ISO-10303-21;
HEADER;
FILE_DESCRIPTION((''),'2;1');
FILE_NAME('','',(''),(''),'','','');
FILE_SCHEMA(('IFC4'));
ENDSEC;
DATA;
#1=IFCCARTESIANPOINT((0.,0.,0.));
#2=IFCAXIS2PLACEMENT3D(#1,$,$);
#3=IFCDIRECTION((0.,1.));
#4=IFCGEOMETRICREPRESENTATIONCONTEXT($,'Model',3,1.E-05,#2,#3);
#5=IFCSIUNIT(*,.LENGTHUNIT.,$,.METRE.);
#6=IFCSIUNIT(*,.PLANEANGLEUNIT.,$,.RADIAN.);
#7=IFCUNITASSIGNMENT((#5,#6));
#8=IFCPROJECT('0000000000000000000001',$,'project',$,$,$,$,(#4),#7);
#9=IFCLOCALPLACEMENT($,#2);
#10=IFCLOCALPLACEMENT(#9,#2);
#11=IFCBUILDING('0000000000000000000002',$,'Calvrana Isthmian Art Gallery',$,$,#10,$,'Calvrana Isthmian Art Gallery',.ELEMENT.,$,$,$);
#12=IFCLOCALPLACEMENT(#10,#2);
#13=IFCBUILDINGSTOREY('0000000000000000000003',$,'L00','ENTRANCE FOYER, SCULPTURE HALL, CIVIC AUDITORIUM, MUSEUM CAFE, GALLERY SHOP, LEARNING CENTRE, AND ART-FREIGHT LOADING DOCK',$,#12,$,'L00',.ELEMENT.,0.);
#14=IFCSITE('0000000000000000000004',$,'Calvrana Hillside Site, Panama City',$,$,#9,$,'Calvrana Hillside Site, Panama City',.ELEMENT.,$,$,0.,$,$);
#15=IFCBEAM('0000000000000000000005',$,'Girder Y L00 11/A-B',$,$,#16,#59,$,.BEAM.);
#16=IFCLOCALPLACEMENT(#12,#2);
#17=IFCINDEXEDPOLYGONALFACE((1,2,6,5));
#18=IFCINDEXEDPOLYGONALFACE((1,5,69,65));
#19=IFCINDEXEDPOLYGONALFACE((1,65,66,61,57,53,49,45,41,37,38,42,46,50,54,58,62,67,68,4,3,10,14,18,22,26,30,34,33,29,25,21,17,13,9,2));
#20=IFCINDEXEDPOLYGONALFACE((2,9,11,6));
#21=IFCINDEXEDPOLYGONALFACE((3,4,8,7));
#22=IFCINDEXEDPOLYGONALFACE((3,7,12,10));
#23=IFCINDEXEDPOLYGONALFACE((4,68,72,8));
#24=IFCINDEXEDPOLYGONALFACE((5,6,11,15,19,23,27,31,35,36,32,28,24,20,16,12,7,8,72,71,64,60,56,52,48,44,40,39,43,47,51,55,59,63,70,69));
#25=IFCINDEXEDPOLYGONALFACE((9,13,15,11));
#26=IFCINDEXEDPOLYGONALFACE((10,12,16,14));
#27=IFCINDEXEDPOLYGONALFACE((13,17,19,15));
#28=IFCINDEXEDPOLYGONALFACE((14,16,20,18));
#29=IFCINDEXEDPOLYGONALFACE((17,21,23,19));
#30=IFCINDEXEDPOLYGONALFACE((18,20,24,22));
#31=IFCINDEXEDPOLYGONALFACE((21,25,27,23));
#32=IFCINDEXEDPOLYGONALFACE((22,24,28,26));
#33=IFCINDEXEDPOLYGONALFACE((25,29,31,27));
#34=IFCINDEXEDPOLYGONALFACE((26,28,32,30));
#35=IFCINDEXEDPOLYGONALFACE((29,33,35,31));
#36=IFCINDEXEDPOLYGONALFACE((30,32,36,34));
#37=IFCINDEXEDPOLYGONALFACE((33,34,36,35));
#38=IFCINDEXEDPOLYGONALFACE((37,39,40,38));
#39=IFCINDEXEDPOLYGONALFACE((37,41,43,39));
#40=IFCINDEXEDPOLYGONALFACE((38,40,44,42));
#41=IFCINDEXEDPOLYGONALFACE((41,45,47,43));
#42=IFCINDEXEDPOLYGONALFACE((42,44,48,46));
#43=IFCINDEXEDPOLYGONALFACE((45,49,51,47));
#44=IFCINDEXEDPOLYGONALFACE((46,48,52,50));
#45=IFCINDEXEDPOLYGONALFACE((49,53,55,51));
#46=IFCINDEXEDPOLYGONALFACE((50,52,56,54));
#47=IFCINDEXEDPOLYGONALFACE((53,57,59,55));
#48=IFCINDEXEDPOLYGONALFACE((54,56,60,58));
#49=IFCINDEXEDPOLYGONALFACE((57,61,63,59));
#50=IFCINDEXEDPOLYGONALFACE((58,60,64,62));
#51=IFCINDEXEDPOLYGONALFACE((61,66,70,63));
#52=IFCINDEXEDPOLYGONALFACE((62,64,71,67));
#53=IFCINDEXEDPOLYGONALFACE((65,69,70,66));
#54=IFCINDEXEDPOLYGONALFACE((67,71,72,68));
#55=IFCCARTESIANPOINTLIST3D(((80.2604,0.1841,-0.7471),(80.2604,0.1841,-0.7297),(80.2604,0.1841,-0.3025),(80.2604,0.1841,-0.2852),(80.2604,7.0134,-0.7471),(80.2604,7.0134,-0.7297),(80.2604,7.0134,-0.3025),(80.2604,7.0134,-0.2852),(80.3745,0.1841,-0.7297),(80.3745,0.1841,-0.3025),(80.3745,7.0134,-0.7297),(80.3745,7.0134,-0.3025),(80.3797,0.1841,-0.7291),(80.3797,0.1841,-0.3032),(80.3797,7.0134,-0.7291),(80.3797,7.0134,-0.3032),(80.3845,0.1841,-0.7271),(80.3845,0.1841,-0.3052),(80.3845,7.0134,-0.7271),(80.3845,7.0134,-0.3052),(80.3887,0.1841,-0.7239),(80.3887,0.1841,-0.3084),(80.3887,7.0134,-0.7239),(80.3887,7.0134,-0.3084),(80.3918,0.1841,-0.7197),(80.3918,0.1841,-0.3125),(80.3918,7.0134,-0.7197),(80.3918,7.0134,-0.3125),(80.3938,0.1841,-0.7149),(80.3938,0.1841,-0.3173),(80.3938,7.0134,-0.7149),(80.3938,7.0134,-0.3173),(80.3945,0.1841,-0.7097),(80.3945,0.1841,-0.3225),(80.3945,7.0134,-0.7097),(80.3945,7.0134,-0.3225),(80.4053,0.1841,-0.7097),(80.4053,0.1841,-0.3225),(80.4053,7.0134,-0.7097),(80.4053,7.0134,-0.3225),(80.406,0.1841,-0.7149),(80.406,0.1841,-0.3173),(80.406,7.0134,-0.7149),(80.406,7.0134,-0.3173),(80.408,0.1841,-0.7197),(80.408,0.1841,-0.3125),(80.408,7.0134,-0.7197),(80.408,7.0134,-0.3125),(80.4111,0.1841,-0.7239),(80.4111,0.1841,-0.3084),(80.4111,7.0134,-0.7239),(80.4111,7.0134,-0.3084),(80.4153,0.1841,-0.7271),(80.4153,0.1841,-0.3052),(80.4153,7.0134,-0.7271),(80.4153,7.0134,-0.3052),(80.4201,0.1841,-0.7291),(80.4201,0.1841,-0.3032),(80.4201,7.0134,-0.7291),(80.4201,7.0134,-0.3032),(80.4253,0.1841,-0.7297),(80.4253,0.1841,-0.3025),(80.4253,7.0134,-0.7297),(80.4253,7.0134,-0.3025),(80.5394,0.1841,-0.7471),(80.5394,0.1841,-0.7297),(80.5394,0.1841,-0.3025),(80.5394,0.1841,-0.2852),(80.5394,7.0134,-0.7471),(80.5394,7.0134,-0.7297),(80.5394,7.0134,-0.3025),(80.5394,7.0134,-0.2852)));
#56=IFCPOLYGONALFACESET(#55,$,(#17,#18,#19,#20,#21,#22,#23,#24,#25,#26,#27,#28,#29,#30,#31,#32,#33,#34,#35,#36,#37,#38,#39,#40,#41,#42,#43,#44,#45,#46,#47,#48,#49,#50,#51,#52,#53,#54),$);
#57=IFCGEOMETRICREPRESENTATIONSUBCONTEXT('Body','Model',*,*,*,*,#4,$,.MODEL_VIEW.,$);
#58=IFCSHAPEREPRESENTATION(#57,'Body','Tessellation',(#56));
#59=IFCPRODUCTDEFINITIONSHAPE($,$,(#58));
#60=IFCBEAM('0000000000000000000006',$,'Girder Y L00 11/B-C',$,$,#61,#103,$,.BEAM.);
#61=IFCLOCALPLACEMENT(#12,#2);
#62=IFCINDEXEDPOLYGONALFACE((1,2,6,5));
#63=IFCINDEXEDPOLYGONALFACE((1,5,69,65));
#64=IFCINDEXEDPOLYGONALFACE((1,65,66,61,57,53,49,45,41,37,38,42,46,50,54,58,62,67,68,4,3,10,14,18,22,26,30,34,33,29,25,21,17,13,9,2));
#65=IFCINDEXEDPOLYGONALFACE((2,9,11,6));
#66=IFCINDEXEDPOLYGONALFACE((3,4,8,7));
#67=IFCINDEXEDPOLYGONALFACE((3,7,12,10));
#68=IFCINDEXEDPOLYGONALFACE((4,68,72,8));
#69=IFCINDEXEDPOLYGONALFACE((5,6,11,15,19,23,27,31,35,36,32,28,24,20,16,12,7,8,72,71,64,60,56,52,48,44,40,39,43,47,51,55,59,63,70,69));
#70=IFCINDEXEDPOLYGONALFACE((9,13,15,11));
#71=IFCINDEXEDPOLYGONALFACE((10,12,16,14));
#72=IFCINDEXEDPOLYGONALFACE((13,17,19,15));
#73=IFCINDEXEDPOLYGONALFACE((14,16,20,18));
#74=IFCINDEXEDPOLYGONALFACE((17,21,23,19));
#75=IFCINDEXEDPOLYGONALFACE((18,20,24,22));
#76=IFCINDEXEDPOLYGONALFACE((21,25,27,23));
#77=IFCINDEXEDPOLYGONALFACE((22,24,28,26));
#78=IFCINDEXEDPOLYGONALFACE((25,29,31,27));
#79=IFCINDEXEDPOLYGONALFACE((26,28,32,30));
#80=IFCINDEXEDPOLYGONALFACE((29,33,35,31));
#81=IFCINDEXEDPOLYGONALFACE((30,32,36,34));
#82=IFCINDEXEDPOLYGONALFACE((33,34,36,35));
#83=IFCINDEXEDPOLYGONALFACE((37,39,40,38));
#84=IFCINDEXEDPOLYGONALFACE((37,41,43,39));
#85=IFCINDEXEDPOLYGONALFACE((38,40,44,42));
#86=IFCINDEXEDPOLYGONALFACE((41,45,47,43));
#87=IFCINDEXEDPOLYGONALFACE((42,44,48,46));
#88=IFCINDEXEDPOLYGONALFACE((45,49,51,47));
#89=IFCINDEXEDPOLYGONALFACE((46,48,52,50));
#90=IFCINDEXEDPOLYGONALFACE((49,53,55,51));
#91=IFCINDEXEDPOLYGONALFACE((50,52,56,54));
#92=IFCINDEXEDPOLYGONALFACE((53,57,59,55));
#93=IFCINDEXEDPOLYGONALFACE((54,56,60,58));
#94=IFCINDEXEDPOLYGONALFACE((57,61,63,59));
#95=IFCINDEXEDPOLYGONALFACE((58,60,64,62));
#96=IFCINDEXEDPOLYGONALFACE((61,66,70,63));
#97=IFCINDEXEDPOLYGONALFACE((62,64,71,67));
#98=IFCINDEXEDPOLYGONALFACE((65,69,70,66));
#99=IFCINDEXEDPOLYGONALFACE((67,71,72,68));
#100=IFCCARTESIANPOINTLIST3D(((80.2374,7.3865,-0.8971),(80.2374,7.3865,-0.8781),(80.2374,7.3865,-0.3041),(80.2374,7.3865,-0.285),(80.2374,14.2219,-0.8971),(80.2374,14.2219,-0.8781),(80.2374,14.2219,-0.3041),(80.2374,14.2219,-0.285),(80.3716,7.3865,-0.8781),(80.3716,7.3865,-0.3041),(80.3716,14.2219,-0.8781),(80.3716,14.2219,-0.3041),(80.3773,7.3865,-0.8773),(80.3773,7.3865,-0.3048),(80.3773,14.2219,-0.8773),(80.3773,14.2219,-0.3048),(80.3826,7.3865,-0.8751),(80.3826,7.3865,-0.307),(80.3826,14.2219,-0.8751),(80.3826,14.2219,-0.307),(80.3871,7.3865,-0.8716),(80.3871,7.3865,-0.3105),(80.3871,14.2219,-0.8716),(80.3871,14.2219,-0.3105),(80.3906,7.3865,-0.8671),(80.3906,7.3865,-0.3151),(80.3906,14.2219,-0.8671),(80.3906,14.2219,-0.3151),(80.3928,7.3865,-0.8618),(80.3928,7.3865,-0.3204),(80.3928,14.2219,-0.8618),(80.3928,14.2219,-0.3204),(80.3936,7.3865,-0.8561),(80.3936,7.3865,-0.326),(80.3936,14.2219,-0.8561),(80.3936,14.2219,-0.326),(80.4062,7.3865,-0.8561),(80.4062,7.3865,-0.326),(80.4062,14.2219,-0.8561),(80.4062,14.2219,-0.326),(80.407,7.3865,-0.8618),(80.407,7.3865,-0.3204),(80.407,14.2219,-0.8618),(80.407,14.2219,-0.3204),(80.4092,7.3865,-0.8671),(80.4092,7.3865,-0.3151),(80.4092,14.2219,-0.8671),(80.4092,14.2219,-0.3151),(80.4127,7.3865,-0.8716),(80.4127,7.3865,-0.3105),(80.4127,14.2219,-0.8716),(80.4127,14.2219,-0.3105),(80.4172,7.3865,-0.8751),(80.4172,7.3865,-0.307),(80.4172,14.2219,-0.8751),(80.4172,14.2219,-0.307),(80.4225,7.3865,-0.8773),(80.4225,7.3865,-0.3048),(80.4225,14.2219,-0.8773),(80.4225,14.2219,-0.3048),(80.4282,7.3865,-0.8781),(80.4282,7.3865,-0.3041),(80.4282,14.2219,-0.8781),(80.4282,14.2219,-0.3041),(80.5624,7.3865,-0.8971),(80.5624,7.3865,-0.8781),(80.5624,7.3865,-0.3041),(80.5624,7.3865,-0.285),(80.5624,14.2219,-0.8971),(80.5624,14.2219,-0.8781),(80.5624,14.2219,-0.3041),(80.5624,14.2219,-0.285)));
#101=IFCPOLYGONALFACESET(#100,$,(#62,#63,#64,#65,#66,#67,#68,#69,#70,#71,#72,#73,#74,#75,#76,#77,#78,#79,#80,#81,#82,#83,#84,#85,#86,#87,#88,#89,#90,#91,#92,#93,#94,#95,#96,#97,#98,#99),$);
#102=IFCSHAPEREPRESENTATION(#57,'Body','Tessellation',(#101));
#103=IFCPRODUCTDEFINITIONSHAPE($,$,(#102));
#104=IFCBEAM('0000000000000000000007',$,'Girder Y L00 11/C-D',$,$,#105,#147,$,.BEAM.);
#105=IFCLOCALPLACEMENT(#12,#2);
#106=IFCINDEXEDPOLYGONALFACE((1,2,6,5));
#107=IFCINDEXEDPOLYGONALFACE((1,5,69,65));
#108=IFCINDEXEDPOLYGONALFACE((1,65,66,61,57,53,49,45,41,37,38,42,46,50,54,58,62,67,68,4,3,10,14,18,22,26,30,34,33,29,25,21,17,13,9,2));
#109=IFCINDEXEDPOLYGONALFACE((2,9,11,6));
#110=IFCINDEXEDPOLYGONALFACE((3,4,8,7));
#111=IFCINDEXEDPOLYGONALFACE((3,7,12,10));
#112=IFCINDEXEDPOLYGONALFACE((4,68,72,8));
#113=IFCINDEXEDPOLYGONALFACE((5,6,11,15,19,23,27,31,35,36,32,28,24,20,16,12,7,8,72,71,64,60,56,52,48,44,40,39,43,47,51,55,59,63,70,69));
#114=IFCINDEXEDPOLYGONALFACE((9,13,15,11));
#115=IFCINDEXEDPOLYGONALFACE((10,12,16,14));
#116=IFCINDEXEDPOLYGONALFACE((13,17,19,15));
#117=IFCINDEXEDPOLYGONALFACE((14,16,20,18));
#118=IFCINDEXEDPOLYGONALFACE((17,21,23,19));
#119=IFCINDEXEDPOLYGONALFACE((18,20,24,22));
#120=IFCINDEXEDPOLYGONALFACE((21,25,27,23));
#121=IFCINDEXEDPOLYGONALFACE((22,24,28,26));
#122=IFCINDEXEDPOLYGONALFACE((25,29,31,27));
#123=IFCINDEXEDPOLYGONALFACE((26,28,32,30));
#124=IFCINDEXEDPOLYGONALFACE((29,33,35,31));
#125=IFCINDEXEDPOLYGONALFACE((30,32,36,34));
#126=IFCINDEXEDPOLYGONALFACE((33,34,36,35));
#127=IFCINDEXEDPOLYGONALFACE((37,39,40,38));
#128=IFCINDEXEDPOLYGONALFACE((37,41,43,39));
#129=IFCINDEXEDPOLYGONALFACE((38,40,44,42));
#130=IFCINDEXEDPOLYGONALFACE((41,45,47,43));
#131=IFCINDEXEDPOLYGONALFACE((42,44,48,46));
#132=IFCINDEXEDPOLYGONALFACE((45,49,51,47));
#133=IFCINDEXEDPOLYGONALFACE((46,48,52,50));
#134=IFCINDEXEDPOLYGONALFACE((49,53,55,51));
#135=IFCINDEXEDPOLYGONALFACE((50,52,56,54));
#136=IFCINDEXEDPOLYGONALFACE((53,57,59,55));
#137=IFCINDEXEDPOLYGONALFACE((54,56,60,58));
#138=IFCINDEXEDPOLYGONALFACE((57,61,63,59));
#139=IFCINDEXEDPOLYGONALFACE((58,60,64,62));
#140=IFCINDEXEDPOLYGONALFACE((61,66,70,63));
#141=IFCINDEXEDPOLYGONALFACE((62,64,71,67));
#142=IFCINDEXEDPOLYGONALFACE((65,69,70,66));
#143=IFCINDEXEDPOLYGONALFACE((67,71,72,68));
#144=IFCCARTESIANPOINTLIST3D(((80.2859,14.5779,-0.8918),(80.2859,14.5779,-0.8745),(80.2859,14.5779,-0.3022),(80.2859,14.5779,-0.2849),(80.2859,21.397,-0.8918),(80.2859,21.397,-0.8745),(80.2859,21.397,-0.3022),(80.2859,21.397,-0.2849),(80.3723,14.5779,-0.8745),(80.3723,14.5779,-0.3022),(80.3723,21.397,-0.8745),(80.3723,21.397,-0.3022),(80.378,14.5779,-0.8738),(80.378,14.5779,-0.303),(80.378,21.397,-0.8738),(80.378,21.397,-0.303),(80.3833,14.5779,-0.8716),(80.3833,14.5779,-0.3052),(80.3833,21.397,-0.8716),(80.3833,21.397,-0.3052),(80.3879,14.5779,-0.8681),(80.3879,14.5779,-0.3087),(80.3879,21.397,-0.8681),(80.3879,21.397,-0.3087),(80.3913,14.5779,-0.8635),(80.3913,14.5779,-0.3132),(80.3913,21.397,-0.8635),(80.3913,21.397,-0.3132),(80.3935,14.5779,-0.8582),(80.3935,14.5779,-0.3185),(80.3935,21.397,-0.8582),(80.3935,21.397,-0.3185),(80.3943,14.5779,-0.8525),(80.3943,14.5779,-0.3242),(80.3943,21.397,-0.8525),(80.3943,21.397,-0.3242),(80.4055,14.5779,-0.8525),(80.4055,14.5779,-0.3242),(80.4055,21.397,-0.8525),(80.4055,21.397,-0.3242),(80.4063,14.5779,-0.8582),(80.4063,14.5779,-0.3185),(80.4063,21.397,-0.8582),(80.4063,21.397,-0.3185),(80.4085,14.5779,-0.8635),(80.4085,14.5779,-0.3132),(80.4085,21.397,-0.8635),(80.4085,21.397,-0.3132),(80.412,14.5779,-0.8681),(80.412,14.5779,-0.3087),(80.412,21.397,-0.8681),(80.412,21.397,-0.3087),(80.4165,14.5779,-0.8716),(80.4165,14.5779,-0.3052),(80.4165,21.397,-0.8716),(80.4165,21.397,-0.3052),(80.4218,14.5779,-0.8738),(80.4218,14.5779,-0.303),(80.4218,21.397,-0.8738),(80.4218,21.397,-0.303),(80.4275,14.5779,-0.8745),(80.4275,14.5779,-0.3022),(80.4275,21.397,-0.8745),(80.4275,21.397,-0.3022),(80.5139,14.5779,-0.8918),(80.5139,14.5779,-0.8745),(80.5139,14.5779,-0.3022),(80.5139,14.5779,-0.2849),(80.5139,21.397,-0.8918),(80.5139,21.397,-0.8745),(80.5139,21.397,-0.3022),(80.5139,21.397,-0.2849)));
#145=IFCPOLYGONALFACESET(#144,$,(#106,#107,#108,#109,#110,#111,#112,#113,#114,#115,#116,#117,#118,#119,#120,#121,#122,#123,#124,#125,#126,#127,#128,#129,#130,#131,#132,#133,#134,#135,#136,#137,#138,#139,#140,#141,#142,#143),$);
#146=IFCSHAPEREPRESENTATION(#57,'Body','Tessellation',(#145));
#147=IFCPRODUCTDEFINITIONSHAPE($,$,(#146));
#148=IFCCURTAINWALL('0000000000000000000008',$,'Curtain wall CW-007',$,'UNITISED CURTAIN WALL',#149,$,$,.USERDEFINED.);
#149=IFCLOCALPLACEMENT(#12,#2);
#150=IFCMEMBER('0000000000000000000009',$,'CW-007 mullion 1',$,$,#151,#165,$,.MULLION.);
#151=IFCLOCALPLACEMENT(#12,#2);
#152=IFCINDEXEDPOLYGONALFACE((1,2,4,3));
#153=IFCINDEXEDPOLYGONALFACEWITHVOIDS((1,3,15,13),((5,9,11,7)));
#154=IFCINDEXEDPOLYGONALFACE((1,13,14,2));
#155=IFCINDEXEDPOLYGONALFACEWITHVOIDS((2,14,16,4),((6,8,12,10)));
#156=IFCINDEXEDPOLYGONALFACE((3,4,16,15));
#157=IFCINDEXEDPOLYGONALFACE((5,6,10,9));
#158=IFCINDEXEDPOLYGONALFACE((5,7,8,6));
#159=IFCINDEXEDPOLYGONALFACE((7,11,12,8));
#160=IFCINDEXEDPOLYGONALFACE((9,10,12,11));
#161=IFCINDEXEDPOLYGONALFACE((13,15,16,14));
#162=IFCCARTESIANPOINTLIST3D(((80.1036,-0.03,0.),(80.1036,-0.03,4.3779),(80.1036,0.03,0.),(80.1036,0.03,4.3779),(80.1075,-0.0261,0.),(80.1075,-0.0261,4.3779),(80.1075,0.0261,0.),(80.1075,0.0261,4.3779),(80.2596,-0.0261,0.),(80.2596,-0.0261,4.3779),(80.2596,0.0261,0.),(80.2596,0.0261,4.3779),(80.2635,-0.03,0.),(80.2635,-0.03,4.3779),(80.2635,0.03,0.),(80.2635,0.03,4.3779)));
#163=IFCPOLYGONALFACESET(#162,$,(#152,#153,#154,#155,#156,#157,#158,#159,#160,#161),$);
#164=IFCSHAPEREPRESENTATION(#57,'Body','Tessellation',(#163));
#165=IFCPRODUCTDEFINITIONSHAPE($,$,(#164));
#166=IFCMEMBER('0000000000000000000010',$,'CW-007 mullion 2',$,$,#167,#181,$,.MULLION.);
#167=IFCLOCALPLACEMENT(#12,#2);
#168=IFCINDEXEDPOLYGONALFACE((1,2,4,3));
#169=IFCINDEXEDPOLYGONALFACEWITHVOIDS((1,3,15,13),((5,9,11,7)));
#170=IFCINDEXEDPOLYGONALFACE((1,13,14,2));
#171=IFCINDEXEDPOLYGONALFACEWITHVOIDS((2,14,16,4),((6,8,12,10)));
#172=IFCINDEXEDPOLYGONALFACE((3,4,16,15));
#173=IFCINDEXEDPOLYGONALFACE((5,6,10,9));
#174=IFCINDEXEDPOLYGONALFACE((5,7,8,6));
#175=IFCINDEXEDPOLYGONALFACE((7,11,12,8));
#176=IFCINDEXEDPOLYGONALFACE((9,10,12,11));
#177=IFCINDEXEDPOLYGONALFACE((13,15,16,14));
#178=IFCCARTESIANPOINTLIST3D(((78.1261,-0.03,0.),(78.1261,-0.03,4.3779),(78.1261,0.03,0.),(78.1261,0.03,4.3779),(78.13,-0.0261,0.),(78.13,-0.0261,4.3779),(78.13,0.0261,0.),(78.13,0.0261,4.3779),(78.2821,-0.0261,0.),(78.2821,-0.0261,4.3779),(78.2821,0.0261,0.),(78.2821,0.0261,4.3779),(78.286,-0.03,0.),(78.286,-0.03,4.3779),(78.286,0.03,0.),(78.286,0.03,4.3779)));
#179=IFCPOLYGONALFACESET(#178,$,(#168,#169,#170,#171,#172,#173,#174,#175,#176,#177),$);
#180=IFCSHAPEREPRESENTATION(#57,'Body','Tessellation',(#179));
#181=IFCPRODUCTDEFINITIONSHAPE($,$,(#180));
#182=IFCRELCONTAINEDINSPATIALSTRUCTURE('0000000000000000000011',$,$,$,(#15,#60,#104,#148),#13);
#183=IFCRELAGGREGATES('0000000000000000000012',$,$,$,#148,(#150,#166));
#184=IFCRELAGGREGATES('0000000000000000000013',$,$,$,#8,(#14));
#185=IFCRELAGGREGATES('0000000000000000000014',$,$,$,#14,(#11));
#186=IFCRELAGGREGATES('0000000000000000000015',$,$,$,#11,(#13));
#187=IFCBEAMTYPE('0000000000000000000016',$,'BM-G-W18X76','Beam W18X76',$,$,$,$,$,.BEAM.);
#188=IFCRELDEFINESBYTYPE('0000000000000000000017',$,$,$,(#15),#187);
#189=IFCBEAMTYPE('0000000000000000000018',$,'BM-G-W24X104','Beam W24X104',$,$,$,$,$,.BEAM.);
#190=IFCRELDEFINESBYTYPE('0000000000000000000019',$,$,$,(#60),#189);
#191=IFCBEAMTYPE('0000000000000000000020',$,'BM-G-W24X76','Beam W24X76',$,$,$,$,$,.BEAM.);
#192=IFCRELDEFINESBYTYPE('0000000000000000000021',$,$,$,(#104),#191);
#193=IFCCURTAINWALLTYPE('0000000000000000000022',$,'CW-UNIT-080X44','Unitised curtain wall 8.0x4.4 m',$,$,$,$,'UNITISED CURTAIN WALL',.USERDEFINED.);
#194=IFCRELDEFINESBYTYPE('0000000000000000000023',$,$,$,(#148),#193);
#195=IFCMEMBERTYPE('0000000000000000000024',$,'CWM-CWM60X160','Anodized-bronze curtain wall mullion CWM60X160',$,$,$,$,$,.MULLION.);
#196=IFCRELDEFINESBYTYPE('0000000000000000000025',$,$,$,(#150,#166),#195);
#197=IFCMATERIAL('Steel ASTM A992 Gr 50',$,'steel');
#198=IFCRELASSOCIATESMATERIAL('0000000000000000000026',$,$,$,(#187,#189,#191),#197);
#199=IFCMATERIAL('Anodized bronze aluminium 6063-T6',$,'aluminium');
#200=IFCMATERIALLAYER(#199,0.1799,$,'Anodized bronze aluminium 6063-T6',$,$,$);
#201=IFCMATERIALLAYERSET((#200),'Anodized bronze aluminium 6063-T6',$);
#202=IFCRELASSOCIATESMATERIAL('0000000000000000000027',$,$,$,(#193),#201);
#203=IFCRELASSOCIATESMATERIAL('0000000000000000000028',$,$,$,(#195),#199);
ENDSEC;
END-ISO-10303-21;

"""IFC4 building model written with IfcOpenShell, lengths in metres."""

from ifc_helpers import new_model, si_unit, direction, frame, origin, origin_2d, place, context, subcontext, project, spatial, hollow_rectangle, i_section, extrude, material, layer, layer_set, material_profile, profile_set, type_object, element, aggregate, save


model = new_model("IFC4")

# Units and contexts
model_context = context("Model", 3, precision=1e-05, world=origin(), true_north=direction((0.0, 1.0)))
body_context = subcontext(model_context, "Body", "Model", "MODEL_VIEW")
ifc_project = project(units=[si_unit("LENGTHUNIT", "METRE"), si_unit("PLANEANGLEUNIT", "RADIAN")], contexts=[model_context])

# Site, building, storey
site_placement = place(None, origin())
site = spatial("IfcSite", under=ifc_project, at=site_placement, Name="Calvrana Hillside Site, Panama City", LongName="Calvrana Hillside Site, Panama City", CompositionType="ELEMENT", RefElevation=0.0)
building_placement = place(site_placement, origin())
building = spatial("IfcBuilding", under=site, at=building_placement, Name="Calvrana Isthmian Art Gallery", LongName="Calvrana Isthmian Art Gallery", CompositionType="ELEMENT")
storey_placement = place(building_placement, origin())
storey = spatial("IfcBuildingStorey", under=building, at=storey_placement, Name="L00", Description="ENTRANCE FOYER, SCULPTURE HALL, CIVIC AUDITORIUM, MUSEUM CAFE, GALLERY SHOP, LEARNING CENTRE, AND ART-FREIGHT LOADING DOCK", LongName="L00", CompositionType="ELEMENT", Elevation=0.0)

# Shared definitions
ifc_material_1 = material(Name="Steel ASTM A992 Gr 50", Category="steel")

# Beams
ifc_material_profile_1 = material_profile(ifc_material_1, i_section(OverallWidth=0.2791, OverallDepth=0.4619, WebThickness=0.0107, FlangeThickness=0.0173, FilletRadius=0.02, at=origin_2d()), Name="W18X76")
ifc_profile_set_1 = profile_set([ifc_material_profile_1], Name="Steel ASTM A992 Gr 50")
beam_type_1 = type_object("IfcBeamType", Name="BM-G-W18X76", Description="Beam W18X76", PredefinedType="BEAM", material=ifc_profile_set_1)
beam_1_placement = place(storey_placement, frame((80.3999, 0.1841, -0.5161), z_axis=(0.0, 1.0, 0.0), x_axis=(-1.0, 0.0, 0.0)))
element("IfcBeam", 1, at=beam_1_placement, inside=storey, type_object=beam_type_1, Name="Girder Y L00 11/A-B", PredefinedType="BEAM", context=body_context, shape_type="SweptSolid", body=[
    extrude(i_section(OverallWidth=0.2791, OverallDepth=0.4619, WebThickness=0.0107, FlangeThickness=0.0173, FilletRadius=0.02, at=origin_2d()), origin(), (0.0, 0.0, 1.0), 6.8293),
])
ifc_material_profile_2 = material_profile(ifc_material_1, i_section(OverallWidth=0.325, OverallDepth=0.6121, WebThickness=0.0127, FlangeThickness=0.019, FilletRadius=0.022, at=origin_2d()), Name="W24X104")
ifc_profile_set_2 = profile_set([ifc_material_profile_2], Name="Steel ASTM A992 Gr 50")
beam_type_2 = type_object("IfcBeamType", Name="BM-G-W24X104", Description="Beam W24X104", PredefinedType="BEAM", material=ifc_profile_set_2)
beam_2_placement = place(storey_placement, frame((80.3999, 7.3865, -0.5911), z_axis=(0.0, 1.0, 0.0), x_axis=(-1.0, 0.0, 0.0)))
element("IfcBeam", 2, at=beam_2_placement, inside=storey, type_object=beam_type_2, Name="Girder Y L00 11/B-C", PredefinedType="BEAM", context=body_context, shape_type="SweptSolid", body=[
    extrude(i_section(OverallWidth=0.325, OverallDepth=0.6121, WebThickness=0.0127, FlangeThickness=0.019, FilletRadius=0.022, at=origin_2d()), origin(), (0.0, 0.0, 1.0), 6.8354),
])
ifc_material_profile_3 = material_profile(ifc_material_1, i_section(OverallWidth=0.228, OverallDepth=0.6069, WebThickness=0.0112, FlangeThickness=0.0173, FilletRadius=0.022, at=origin_2d()), Name="W24X76")
ifc_profile_set_3 = profile_set([ifc_material_profile_3], Name="Steel ASTM A992 Gr 50")
beam_type_3 = type_object("IfcBeamType", Name="BM-G-W24X76", Description="Beam W24X76", PredefinedType="BEAM", material=ifc_profile_set_3)
beam_3_placement = place(storey_placement, frame((80.3999, 14.5779, -0.5884), z_axis=(0.0, 1.0, 0.0), x_axis=(-1.0, 0.0, 0.0)))
element("IfcBeam", 3, at=beam_3_placement, inside=storey, type_object=beam_type_3, Name="Girder Y L00 11/C-D", PredefinedType="BEAM", context=body_context, shape_type="SweptSolid", body=[
    extrude(i_section(OverallWidth=0.228, OverallDepth=0.6069, WebThickness=0.0112, FlangeThickness=0.0173, FilletRadius=0.022, at=origin_2d()), origin(), (0.0, 0.0, 1.0), 6.8191),
])

# Curtain wall, members
ifc_material_2 = material(Name="Anodized bronze aluminium 6063-T6", Category="aluminium")
ifc_layer_1 = layer(ifc_material_2, 0.1799, Name="Anodized bronze aluminium 6063-T6")
ifc_layer_set_1 = layer_set([ifc_layer_1], Name="Anodized bronze aluminium 6063-T6")
curtain_wall_type = type_object("IfcCurtainWallType", Name="CW-UNIT-080X44", Description="Unitised curtain wall 8.0x4.4 m", ElementType="UNITISED CURTAIN WALL", PredefinedType="USERDEFINED", material=ifc_layer_set_1)
curtain_wall_placement = place(storey_placement, origin())
curtain_wall = element("IfcCurtainWall", 4, at=curtain_wall_placement, inside=storey, type_object=curtain_wall_type, Name="Curtain wall CW-007", ObjectType="UNITISED CURTAIN WALL", PredefinedType="USERDEFINED")
ifc_material_profile_4 = material_profile(ifc_material_2, hollow_rectangle(XDim=0.0601, YDim=0.1599, WallThickness=0.0039, at=origin_2d()), Name="CWM60X160")
ifc_profile_set_4 = profile_set([ifc_material_profile_4], Name="Anodized bronze aluminium 6063-T6")
member_type_1 = type_object("IfcMemberType", Name="CWM-CWM60X160", Description="Anodized-bronze curtain wall mullion CWM60X160", PredefinedType="MULLION", material=ifc_profile_set_4)
member_1_placement = place(storey_placement, frame((80.1836, 0.0, 0.0), z_axis=(0.0, 0.0, 1.0), x_axis=(0.0, -1.0, 0.0)))
member_1 = element("IfcMember", 5, at=member_1_placement, type_object=member_type_1, Name="CW-007 mullion 1", PredefinedType="MULLION", context=body_context, shape_type="SweptSolid", body=[
    extrude(hollow_rectangle(XDim=0.0601, YDim=0.1599, WallThickness=0.0039, at=origin_2d()), origin(), (0.0, 0.0, 1.0), 4.3779),
])
member_2_placement = place(storey_placement, frame((78.2061, 0.0, 0.0), z_axis=(0.0, 0.0, 1.0), x_axis=(0.0, -1.0, 0.0)))
member_2 = element("IfcMember", 6, at=member_2_placement, type_object=member_type_1, Name="CW-007 mullion 2", PredefinedType="MULLION", context=body_context, shape_type="SweptSolid", body=[
    extrude(hollow_rectangle(XDim=0.0601, YDim=0.1599, WallThickness=0.0039, at=origin_2d()), origin(), (0.0, 0.0, 1.0), 4.3779),
])
aggregate(curtain_wall, [member_1, member_2])

save(model, "model.ifc")
